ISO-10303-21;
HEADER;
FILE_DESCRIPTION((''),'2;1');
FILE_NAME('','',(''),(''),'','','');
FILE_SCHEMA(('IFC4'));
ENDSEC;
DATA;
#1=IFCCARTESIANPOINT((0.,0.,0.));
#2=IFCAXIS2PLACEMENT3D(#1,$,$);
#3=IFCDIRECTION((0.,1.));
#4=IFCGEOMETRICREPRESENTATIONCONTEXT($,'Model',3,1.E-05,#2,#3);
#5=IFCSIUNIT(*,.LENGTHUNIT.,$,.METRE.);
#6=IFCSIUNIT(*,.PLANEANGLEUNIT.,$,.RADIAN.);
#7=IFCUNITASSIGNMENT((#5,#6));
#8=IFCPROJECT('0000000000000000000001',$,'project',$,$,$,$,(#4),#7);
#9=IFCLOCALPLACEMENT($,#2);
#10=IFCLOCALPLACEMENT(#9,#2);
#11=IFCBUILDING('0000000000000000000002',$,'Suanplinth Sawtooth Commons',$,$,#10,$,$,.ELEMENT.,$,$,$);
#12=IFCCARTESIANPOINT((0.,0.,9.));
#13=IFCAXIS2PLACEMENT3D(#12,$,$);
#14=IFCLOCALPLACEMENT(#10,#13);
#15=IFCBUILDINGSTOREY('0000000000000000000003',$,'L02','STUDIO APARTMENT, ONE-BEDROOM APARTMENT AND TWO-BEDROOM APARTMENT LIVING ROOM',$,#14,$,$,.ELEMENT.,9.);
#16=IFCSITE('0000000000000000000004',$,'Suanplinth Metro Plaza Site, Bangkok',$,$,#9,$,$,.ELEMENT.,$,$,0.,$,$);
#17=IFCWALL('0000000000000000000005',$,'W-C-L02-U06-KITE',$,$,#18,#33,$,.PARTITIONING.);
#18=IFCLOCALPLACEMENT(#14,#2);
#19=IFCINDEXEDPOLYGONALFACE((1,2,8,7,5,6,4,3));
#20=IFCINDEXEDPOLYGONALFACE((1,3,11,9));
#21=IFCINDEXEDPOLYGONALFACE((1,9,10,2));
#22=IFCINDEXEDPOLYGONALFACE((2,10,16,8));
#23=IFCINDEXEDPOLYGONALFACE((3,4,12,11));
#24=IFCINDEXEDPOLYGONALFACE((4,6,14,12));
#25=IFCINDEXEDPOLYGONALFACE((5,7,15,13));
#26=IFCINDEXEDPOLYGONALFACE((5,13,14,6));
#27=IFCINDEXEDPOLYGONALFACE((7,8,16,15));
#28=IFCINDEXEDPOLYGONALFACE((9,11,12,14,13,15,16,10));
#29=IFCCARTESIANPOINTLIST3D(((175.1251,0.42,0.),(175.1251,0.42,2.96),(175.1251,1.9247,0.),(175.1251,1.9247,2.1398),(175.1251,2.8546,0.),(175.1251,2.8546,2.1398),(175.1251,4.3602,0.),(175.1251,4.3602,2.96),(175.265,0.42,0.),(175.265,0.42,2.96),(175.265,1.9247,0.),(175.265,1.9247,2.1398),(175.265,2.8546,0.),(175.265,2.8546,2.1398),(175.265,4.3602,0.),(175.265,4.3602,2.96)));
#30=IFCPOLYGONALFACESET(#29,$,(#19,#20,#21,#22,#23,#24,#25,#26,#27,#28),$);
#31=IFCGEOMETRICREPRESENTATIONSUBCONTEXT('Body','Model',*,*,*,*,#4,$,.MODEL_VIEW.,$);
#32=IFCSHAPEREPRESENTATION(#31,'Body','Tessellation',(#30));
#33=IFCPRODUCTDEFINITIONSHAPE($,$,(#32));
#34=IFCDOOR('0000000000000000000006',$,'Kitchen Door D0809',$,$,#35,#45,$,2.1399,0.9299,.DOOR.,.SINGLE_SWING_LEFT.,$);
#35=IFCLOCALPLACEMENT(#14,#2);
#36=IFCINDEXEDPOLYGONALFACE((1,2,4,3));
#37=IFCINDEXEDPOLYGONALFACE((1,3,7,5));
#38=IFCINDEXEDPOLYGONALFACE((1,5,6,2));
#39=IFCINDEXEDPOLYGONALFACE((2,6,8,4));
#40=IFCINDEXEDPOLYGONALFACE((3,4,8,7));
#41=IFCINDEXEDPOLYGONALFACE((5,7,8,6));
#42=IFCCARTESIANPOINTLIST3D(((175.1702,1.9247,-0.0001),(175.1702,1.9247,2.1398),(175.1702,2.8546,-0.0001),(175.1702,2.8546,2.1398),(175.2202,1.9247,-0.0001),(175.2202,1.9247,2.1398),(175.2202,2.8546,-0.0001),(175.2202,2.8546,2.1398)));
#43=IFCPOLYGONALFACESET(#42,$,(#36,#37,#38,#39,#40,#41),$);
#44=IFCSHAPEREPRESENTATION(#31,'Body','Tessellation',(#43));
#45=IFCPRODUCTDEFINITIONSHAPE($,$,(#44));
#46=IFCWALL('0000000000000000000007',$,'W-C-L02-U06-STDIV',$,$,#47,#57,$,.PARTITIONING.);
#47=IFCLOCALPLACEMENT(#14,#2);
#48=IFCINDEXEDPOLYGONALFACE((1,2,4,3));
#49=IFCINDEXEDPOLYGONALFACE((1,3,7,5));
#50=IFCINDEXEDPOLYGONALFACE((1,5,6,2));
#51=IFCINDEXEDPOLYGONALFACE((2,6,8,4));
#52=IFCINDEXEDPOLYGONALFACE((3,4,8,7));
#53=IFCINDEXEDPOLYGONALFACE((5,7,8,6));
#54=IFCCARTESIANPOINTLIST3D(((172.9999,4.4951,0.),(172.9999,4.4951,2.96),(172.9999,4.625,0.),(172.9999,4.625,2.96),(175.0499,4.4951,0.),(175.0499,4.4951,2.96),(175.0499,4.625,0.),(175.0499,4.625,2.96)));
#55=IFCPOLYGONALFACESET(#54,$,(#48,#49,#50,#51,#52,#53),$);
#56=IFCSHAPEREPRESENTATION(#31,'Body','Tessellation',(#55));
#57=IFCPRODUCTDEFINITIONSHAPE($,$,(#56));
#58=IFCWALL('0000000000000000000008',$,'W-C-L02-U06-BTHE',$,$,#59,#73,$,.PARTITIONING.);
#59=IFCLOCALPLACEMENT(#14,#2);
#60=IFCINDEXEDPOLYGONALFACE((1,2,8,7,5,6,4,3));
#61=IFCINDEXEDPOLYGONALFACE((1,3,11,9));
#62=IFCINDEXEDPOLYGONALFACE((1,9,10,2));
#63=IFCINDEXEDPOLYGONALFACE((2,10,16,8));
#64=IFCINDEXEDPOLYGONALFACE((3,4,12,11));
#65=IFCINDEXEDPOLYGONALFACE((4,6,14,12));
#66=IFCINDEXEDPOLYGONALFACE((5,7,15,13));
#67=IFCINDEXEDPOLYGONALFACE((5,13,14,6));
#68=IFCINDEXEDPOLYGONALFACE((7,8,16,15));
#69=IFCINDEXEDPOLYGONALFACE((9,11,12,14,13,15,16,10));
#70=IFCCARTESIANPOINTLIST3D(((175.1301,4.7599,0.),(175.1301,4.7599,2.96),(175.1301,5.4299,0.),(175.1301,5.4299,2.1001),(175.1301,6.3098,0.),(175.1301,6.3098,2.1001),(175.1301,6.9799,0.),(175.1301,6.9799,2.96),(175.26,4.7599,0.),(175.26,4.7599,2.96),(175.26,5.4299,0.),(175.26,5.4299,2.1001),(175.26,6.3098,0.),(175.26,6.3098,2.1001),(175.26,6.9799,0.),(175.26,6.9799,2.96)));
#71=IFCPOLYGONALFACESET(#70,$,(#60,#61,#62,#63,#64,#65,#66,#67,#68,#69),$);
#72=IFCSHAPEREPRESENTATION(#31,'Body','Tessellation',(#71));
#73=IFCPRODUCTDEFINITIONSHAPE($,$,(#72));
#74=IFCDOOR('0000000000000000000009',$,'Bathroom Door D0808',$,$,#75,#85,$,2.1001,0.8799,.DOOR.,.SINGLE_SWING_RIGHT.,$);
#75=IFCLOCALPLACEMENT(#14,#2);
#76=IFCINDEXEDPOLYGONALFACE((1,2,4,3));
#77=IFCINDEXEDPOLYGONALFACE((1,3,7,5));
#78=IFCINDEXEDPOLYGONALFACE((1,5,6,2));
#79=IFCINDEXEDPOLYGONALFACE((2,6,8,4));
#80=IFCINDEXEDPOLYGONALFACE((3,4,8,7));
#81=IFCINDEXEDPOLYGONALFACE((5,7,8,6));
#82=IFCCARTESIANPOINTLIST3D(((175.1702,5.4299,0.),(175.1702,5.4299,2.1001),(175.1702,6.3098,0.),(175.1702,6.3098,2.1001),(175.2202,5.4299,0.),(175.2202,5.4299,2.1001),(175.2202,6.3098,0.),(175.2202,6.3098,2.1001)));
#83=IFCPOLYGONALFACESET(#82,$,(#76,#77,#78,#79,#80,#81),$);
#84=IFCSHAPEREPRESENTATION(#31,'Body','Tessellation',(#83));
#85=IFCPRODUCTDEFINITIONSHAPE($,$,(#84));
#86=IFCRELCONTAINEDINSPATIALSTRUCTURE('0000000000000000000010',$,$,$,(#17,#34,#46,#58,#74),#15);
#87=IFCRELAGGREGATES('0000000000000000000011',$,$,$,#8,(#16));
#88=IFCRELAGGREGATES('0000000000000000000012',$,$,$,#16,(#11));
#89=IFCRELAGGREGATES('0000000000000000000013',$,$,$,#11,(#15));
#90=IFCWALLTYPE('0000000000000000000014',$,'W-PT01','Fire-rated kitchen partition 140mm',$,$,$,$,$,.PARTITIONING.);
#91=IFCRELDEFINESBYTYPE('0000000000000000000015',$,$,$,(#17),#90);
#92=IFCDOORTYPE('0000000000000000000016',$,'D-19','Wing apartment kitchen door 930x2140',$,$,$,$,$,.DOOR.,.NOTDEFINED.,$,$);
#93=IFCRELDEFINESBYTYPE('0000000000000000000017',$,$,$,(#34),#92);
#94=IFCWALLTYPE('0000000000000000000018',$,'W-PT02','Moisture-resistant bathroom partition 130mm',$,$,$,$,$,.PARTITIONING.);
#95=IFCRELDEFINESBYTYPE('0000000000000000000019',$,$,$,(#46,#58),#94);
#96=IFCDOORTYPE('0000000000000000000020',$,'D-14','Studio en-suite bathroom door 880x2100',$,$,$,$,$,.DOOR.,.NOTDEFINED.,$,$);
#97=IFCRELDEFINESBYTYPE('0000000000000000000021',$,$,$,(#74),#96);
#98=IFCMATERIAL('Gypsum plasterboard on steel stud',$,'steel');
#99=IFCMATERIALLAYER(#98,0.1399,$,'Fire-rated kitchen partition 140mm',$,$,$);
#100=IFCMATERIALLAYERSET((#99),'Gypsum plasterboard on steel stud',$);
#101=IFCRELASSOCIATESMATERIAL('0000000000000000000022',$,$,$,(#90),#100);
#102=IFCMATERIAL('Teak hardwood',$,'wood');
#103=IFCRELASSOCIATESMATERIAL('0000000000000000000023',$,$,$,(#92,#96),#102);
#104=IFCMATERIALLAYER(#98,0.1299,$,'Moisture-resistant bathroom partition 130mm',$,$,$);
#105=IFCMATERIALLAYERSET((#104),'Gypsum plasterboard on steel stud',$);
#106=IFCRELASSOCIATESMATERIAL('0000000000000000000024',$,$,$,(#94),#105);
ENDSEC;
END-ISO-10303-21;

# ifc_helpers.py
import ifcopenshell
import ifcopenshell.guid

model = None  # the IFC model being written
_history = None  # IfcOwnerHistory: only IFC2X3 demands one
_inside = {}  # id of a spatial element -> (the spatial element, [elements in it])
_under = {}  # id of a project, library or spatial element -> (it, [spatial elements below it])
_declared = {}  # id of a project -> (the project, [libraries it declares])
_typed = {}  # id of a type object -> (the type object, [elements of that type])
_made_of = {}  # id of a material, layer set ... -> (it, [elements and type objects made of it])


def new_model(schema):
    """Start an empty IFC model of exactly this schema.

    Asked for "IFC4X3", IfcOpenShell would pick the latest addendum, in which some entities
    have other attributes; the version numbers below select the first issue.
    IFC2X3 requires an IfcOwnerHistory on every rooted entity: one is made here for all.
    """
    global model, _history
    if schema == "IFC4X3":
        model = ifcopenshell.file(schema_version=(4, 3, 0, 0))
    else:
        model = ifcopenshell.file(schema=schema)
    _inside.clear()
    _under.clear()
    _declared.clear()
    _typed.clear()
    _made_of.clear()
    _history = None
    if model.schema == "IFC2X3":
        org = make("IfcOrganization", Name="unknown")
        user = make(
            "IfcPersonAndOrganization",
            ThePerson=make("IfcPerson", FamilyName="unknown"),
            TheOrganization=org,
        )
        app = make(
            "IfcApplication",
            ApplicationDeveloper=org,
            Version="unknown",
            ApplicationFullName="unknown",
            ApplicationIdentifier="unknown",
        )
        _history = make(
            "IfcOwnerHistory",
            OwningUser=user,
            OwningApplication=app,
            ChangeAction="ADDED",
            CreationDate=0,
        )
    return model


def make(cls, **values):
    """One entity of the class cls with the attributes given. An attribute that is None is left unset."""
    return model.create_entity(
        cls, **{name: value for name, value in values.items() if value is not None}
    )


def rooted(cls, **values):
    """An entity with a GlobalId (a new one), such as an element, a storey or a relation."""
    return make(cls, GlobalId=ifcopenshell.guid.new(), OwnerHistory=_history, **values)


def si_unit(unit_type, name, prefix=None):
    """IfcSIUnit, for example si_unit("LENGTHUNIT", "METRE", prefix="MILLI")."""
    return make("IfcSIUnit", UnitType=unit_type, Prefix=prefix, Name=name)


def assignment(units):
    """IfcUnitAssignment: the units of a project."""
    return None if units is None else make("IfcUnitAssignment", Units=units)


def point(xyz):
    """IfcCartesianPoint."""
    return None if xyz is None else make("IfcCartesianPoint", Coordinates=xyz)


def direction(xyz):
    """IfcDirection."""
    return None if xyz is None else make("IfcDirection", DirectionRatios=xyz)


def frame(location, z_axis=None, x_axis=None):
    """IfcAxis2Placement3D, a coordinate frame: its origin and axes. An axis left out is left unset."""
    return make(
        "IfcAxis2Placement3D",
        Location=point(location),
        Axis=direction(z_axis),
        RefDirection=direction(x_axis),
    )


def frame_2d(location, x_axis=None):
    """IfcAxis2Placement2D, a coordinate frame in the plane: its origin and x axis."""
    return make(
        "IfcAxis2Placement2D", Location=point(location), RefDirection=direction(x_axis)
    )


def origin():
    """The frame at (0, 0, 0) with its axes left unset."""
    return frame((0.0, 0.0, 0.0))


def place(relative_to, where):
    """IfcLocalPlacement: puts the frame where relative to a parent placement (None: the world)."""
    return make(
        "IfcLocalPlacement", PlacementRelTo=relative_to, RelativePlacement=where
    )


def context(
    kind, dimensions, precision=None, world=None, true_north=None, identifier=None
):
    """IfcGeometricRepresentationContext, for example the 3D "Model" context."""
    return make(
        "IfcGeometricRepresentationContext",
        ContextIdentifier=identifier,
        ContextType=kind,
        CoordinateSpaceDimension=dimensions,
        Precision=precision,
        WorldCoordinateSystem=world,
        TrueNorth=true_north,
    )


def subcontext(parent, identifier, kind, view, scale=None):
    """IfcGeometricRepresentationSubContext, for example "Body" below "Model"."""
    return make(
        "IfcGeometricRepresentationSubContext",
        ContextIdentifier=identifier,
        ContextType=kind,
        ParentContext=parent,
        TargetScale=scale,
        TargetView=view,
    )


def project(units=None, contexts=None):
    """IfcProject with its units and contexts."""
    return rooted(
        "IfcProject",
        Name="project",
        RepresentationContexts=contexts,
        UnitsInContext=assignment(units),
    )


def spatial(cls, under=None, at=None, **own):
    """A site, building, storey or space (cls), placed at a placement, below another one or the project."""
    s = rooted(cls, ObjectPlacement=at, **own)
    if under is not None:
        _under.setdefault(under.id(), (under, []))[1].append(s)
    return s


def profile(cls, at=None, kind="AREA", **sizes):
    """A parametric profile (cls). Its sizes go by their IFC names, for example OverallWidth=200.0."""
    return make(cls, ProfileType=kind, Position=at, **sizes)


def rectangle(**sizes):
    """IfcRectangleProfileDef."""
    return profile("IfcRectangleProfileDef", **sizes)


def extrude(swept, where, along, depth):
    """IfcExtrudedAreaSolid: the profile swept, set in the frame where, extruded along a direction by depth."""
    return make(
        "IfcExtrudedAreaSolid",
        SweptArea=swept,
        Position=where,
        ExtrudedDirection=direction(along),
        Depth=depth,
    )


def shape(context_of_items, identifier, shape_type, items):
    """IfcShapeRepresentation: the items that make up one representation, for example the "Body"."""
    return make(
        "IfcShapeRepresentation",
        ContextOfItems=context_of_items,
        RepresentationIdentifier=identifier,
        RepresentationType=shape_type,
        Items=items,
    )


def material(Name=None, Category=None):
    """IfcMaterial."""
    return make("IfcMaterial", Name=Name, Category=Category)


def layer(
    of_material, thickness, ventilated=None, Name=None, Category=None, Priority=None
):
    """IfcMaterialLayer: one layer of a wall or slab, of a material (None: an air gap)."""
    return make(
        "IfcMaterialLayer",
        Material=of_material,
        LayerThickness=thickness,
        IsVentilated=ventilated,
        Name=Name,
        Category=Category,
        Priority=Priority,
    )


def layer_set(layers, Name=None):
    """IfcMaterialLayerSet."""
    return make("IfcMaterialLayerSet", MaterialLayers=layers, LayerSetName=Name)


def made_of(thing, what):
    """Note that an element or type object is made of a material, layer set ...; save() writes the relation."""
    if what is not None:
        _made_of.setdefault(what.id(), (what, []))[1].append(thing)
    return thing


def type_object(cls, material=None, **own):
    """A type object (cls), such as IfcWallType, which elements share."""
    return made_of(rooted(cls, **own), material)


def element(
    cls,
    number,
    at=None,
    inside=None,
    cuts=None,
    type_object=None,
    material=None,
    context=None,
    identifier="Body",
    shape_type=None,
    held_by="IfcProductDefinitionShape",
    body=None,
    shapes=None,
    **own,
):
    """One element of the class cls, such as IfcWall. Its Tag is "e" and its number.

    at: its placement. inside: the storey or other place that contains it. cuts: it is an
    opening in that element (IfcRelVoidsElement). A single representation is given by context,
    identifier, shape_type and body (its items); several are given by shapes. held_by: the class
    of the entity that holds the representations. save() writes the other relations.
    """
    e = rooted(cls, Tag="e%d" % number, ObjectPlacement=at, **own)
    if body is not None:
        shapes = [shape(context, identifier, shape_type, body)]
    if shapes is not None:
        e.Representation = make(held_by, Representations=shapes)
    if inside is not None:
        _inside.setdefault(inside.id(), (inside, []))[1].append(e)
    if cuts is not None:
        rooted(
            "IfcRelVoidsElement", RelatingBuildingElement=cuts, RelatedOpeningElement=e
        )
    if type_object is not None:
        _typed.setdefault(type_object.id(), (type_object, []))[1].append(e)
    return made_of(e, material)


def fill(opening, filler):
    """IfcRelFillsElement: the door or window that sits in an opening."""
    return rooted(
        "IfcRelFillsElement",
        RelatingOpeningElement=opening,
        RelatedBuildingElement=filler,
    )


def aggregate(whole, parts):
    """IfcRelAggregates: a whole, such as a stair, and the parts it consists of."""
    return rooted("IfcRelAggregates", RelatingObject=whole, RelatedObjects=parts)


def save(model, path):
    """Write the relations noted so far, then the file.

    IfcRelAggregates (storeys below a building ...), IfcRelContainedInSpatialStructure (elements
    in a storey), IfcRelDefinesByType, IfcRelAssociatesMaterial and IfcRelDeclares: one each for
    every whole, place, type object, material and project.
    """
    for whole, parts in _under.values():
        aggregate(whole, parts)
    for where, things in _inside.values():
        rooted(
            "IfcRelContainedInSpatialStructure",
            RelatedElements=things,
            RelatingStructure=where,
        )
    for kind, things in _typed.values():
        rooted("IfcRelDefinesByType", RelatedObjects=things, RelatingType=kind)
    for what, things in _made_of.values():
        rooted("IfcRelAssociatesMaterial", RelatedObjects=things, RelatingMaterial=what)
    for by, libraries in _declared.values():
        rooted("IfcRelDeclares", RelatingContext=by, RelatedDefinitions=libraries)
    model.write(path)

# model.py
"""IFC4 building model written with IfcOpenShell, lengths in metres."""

from ifc_helpers import new_model, si_unit, direction, frame, frame_2d, origin, place, context, subcontext, project, spatial, rectangle, extrude, material, layer, layer_set, type_object, element, fill, save


model = new_model("IFC4")

# Units and contexts
model_context = context("Model", 3, precision=1e-05, world=origin(), true_north=direction((0.0, 1.0)))
body_context = subcontext(model_context, "Body", "Model", "MODEL_VIEW")
ifc_project = project(units=[si_unit("LENGTHUNIT", "METRE"), si_unit("PLANEANGLEUNIT", "RADIAN")], contexts=[model_context])

# Site, building, storey
site_placement = place(None, origin())
site = spatial("IfcSite", under=ifc_project, at=site_placement, Name="Suanplinth Metro Plaza Site, Bangkok", CompositionType="ELEMENT", RefElevation=0.0)
building_placement = place(site_placement, origin())
building = spatial("IfcBuilding", under=site, at=building_placement, Name="Suanplinth Sawtooth Commons", CompositionType="ELEMENT")
storey_placement = place(building_placement, frame((0.0, 0.0, 9.0)))
storey = spatial("IfcBuildingStorey", under=building, at=storey_placement, Name="L02", Description="STUDIO APARTMENT, ONE-BEDROOM APARTMENT AND TWO-BEDROOM APARTMENT LIVING ROOM", CompositionType="ELEMENT", Elevation=9.0)

# Wall, opening, door
ifc_material_1 = material(Name="Gypsum plasterboard on steel stud", Category="steel")
ifc_layer_1 = layer(ifc_material_1, 0.1399, Name="Fire-rated kitchen partition 140mm")
ifc_layer_set_1 = layer_set([ifc_layer_1], Name="Gypsum plasterboard on steel stud")
wall_type_1 = type_object("IfcWallType", Name="W-PT01", Description="Fire-rated kitchen partition 140mm", PredefinedType="PARTITIONING", material=ifc_layer_set_1)
wall_1_placement = place(storey_placement, frame((175.1951, 0.4199, 0.0), z_axis=(0.0, 0.0, 1.0), x_axis=(0.0, 1.0, 0.0)))
wall_1 = element("IfcWall", 1, at=wall_1_placement, inside=storey, type_object=wall_type_1, Name="W-C-L02-U06-KITE", PredefinedType="PARTITIONING", context=body_context, shape_type="SweptSolid", body=[
    extrude(rectangle(XDim=3.9402, YDim=0.1399, at=frame_2d((1.9702, 0.0))), origin(), (0.0, 0.0, 1.0), 2.96),
])
opening_1_placement = place(wall_1_placement, frame((1.5049, 0.0, 0.0)))
opening_1 = element("IfcOpeningElement", 2, at=opening_1_placement, cuts=wall_1, PredefinedType="OPENING", context=body_context, shape_type="SweptSolid", body=[
    extrude(rectangle(XDim=0.9299, YDim=2.1399, at=frame_2d((0.4648, 1.0698))), frame((0.0, 0.085, 0.0), z_axis=(0.0, -1.0, 0.0), x_axis=(1.0, 0.0, 0.0)), (0.0, 0.0, 1.0), 0.1697),
])
ifc_material_2 = material(Name="Teak hardwood", Category="wood")
door_type_1 = type_object("IfcDoorType", Name="D-19", Description="Wing apartment kitchen door 930x2140", OperationType="NOTDEFINED", PredefinedType="DOOR", material=ifc_material_2)
door_1_placement = place(opening_1_placement, origin())
door_1 = element("IfcDoor", 3, at=door_1_placement, inside=storey, type_object=door_type_1, Name="Kitchen Door D0809", OperationType="SINGLE_SWING_LEFT", OverallHeight=2.1399, OverallWidth=0.9299, PredefinedType="DOOR", context=body_context, shape_type="SweptSolid", body=[
    extrude(rectangle(XDim=0.9299, YDim=2.1399, at=frame_2d((0.4648, 1.0698))), frame((0.0, 0.0249, 0.0), z_axis=(0.0, -1.0, 0.0), x_axis=(1.0, 0.0, 0.0)), (0.0, 0.0, 1.0), 0.05),
])
fill(opening_1, door_1)

# Wall
ifc_layer_2 = layer(ifc_material_1, 0.1299, Name="Moisture-resistant bathroom partition 130mm")
ifc_layer_set_2 = layer_set([ifc_layer_2], Name="Gypsum plasterboard on steel stud")
wall_type_2 = type_object("IfcWallType", Name="W-PT02", Description="Moisture-resistant bathroom partition 130mm", PredefinedType="PARTITIONING", material=ifc_layer_set_2)
wall_2_placement = place(storey_placement, frame((173.0, 4.5601, 0.0), z_axis=(0.0, 0.0, 1.0), x_axis=(1.0, 0.0, 0.0)))
element("IfcWall", 4, at=wall_2_placement, inside=storey, type_object=wall_type_2, Name="W-C-L02-U06-STDIV", PredefinedType="PARTITIONING", context=body_context, shape_type="SweptSolid", body=[
    extrude(rectangle(XDim=2.05, YDim=0.1299, at=frame_2d((1.0249, 0.0))), origin(), (0.0, 0.0, 1.0), 2.96),
])

# Wall, opening, door
wall_3_placement = place(storey_placement, frame((175.1951, 4.76, 0.0), z_axis=(0.0, 0.0, 1.0), x_axis=(0.0, 1.0, 0.0)))
wall_3 = element("IfcWall", 5, at=wall_3_placement, inside=storey, type_object=wall_type_2, Name="W-C-L02-U06-BTHE", PredefinedType="PARTITIONING", context=body_context, shape_type="SweptSolid", body=[
    extrude(rectangle(XDim=2.22, YDim=0.1299, at=frame_2d((1.1099, 0.0))), origin(), (0.0, 0.0, 1.0), 2.96),
])
opening_2_placement = place(wall_3_placement, frame((0.6699, 0.0, 0.0)))
opening_2 = element("IfcOpeningElement", 6, at=opening_2_placement, cuts=wall_3, PredefinedType="OPENING", context=body_context, shape_type="SweptSolid", body=[
    extrude(rectangle(XDim=0.8799, YDim=2.1001, at=frame_2d((0.4399, 1.05))), frame((0.0, 0.0798, 0.0), z_axis=(0.0, -1.0, 0.0), x_axis=(1.0, 0.0, 0.0)), (0.0, 0.0, 1.0), 0.1597),
])
door_type_2 = type_object("IfcDoorType", Name="D-14", Description="Studio en-suite bathroom door 880x2100", OperationType="NOTDEFINED", PredefinedType="DOOR", material=ifc_material_2)
door_2_placement = place(opening_2_placement, origin())
door_2 = element("IfcDoor", 7, at=door_2_placement, inside=storey, type_object=door_type_2, Name="Bathroom Door D0808", OperationType="SINGLE_SWING_RIGHT", OverallHeight=2.1001, OverallWidth=0.8799, PredefinedType="DOOR", context=body_context, shape_type="SweptSolid", body=[
    extrude(rectangle(XDim=0.8799, YDim=2.1001, at=frame_2d((0.4399, 1.05))), frame((0.0, 0.0249, 0.0), z_axis=(0.0, -1.0, 0.0), x_axis=(1.0, 0.0, 0.0)), (0.0, 0.0, 1.0), 0.05),
])
fill(opening_2, door_2)

save(model, "model.ifc")
